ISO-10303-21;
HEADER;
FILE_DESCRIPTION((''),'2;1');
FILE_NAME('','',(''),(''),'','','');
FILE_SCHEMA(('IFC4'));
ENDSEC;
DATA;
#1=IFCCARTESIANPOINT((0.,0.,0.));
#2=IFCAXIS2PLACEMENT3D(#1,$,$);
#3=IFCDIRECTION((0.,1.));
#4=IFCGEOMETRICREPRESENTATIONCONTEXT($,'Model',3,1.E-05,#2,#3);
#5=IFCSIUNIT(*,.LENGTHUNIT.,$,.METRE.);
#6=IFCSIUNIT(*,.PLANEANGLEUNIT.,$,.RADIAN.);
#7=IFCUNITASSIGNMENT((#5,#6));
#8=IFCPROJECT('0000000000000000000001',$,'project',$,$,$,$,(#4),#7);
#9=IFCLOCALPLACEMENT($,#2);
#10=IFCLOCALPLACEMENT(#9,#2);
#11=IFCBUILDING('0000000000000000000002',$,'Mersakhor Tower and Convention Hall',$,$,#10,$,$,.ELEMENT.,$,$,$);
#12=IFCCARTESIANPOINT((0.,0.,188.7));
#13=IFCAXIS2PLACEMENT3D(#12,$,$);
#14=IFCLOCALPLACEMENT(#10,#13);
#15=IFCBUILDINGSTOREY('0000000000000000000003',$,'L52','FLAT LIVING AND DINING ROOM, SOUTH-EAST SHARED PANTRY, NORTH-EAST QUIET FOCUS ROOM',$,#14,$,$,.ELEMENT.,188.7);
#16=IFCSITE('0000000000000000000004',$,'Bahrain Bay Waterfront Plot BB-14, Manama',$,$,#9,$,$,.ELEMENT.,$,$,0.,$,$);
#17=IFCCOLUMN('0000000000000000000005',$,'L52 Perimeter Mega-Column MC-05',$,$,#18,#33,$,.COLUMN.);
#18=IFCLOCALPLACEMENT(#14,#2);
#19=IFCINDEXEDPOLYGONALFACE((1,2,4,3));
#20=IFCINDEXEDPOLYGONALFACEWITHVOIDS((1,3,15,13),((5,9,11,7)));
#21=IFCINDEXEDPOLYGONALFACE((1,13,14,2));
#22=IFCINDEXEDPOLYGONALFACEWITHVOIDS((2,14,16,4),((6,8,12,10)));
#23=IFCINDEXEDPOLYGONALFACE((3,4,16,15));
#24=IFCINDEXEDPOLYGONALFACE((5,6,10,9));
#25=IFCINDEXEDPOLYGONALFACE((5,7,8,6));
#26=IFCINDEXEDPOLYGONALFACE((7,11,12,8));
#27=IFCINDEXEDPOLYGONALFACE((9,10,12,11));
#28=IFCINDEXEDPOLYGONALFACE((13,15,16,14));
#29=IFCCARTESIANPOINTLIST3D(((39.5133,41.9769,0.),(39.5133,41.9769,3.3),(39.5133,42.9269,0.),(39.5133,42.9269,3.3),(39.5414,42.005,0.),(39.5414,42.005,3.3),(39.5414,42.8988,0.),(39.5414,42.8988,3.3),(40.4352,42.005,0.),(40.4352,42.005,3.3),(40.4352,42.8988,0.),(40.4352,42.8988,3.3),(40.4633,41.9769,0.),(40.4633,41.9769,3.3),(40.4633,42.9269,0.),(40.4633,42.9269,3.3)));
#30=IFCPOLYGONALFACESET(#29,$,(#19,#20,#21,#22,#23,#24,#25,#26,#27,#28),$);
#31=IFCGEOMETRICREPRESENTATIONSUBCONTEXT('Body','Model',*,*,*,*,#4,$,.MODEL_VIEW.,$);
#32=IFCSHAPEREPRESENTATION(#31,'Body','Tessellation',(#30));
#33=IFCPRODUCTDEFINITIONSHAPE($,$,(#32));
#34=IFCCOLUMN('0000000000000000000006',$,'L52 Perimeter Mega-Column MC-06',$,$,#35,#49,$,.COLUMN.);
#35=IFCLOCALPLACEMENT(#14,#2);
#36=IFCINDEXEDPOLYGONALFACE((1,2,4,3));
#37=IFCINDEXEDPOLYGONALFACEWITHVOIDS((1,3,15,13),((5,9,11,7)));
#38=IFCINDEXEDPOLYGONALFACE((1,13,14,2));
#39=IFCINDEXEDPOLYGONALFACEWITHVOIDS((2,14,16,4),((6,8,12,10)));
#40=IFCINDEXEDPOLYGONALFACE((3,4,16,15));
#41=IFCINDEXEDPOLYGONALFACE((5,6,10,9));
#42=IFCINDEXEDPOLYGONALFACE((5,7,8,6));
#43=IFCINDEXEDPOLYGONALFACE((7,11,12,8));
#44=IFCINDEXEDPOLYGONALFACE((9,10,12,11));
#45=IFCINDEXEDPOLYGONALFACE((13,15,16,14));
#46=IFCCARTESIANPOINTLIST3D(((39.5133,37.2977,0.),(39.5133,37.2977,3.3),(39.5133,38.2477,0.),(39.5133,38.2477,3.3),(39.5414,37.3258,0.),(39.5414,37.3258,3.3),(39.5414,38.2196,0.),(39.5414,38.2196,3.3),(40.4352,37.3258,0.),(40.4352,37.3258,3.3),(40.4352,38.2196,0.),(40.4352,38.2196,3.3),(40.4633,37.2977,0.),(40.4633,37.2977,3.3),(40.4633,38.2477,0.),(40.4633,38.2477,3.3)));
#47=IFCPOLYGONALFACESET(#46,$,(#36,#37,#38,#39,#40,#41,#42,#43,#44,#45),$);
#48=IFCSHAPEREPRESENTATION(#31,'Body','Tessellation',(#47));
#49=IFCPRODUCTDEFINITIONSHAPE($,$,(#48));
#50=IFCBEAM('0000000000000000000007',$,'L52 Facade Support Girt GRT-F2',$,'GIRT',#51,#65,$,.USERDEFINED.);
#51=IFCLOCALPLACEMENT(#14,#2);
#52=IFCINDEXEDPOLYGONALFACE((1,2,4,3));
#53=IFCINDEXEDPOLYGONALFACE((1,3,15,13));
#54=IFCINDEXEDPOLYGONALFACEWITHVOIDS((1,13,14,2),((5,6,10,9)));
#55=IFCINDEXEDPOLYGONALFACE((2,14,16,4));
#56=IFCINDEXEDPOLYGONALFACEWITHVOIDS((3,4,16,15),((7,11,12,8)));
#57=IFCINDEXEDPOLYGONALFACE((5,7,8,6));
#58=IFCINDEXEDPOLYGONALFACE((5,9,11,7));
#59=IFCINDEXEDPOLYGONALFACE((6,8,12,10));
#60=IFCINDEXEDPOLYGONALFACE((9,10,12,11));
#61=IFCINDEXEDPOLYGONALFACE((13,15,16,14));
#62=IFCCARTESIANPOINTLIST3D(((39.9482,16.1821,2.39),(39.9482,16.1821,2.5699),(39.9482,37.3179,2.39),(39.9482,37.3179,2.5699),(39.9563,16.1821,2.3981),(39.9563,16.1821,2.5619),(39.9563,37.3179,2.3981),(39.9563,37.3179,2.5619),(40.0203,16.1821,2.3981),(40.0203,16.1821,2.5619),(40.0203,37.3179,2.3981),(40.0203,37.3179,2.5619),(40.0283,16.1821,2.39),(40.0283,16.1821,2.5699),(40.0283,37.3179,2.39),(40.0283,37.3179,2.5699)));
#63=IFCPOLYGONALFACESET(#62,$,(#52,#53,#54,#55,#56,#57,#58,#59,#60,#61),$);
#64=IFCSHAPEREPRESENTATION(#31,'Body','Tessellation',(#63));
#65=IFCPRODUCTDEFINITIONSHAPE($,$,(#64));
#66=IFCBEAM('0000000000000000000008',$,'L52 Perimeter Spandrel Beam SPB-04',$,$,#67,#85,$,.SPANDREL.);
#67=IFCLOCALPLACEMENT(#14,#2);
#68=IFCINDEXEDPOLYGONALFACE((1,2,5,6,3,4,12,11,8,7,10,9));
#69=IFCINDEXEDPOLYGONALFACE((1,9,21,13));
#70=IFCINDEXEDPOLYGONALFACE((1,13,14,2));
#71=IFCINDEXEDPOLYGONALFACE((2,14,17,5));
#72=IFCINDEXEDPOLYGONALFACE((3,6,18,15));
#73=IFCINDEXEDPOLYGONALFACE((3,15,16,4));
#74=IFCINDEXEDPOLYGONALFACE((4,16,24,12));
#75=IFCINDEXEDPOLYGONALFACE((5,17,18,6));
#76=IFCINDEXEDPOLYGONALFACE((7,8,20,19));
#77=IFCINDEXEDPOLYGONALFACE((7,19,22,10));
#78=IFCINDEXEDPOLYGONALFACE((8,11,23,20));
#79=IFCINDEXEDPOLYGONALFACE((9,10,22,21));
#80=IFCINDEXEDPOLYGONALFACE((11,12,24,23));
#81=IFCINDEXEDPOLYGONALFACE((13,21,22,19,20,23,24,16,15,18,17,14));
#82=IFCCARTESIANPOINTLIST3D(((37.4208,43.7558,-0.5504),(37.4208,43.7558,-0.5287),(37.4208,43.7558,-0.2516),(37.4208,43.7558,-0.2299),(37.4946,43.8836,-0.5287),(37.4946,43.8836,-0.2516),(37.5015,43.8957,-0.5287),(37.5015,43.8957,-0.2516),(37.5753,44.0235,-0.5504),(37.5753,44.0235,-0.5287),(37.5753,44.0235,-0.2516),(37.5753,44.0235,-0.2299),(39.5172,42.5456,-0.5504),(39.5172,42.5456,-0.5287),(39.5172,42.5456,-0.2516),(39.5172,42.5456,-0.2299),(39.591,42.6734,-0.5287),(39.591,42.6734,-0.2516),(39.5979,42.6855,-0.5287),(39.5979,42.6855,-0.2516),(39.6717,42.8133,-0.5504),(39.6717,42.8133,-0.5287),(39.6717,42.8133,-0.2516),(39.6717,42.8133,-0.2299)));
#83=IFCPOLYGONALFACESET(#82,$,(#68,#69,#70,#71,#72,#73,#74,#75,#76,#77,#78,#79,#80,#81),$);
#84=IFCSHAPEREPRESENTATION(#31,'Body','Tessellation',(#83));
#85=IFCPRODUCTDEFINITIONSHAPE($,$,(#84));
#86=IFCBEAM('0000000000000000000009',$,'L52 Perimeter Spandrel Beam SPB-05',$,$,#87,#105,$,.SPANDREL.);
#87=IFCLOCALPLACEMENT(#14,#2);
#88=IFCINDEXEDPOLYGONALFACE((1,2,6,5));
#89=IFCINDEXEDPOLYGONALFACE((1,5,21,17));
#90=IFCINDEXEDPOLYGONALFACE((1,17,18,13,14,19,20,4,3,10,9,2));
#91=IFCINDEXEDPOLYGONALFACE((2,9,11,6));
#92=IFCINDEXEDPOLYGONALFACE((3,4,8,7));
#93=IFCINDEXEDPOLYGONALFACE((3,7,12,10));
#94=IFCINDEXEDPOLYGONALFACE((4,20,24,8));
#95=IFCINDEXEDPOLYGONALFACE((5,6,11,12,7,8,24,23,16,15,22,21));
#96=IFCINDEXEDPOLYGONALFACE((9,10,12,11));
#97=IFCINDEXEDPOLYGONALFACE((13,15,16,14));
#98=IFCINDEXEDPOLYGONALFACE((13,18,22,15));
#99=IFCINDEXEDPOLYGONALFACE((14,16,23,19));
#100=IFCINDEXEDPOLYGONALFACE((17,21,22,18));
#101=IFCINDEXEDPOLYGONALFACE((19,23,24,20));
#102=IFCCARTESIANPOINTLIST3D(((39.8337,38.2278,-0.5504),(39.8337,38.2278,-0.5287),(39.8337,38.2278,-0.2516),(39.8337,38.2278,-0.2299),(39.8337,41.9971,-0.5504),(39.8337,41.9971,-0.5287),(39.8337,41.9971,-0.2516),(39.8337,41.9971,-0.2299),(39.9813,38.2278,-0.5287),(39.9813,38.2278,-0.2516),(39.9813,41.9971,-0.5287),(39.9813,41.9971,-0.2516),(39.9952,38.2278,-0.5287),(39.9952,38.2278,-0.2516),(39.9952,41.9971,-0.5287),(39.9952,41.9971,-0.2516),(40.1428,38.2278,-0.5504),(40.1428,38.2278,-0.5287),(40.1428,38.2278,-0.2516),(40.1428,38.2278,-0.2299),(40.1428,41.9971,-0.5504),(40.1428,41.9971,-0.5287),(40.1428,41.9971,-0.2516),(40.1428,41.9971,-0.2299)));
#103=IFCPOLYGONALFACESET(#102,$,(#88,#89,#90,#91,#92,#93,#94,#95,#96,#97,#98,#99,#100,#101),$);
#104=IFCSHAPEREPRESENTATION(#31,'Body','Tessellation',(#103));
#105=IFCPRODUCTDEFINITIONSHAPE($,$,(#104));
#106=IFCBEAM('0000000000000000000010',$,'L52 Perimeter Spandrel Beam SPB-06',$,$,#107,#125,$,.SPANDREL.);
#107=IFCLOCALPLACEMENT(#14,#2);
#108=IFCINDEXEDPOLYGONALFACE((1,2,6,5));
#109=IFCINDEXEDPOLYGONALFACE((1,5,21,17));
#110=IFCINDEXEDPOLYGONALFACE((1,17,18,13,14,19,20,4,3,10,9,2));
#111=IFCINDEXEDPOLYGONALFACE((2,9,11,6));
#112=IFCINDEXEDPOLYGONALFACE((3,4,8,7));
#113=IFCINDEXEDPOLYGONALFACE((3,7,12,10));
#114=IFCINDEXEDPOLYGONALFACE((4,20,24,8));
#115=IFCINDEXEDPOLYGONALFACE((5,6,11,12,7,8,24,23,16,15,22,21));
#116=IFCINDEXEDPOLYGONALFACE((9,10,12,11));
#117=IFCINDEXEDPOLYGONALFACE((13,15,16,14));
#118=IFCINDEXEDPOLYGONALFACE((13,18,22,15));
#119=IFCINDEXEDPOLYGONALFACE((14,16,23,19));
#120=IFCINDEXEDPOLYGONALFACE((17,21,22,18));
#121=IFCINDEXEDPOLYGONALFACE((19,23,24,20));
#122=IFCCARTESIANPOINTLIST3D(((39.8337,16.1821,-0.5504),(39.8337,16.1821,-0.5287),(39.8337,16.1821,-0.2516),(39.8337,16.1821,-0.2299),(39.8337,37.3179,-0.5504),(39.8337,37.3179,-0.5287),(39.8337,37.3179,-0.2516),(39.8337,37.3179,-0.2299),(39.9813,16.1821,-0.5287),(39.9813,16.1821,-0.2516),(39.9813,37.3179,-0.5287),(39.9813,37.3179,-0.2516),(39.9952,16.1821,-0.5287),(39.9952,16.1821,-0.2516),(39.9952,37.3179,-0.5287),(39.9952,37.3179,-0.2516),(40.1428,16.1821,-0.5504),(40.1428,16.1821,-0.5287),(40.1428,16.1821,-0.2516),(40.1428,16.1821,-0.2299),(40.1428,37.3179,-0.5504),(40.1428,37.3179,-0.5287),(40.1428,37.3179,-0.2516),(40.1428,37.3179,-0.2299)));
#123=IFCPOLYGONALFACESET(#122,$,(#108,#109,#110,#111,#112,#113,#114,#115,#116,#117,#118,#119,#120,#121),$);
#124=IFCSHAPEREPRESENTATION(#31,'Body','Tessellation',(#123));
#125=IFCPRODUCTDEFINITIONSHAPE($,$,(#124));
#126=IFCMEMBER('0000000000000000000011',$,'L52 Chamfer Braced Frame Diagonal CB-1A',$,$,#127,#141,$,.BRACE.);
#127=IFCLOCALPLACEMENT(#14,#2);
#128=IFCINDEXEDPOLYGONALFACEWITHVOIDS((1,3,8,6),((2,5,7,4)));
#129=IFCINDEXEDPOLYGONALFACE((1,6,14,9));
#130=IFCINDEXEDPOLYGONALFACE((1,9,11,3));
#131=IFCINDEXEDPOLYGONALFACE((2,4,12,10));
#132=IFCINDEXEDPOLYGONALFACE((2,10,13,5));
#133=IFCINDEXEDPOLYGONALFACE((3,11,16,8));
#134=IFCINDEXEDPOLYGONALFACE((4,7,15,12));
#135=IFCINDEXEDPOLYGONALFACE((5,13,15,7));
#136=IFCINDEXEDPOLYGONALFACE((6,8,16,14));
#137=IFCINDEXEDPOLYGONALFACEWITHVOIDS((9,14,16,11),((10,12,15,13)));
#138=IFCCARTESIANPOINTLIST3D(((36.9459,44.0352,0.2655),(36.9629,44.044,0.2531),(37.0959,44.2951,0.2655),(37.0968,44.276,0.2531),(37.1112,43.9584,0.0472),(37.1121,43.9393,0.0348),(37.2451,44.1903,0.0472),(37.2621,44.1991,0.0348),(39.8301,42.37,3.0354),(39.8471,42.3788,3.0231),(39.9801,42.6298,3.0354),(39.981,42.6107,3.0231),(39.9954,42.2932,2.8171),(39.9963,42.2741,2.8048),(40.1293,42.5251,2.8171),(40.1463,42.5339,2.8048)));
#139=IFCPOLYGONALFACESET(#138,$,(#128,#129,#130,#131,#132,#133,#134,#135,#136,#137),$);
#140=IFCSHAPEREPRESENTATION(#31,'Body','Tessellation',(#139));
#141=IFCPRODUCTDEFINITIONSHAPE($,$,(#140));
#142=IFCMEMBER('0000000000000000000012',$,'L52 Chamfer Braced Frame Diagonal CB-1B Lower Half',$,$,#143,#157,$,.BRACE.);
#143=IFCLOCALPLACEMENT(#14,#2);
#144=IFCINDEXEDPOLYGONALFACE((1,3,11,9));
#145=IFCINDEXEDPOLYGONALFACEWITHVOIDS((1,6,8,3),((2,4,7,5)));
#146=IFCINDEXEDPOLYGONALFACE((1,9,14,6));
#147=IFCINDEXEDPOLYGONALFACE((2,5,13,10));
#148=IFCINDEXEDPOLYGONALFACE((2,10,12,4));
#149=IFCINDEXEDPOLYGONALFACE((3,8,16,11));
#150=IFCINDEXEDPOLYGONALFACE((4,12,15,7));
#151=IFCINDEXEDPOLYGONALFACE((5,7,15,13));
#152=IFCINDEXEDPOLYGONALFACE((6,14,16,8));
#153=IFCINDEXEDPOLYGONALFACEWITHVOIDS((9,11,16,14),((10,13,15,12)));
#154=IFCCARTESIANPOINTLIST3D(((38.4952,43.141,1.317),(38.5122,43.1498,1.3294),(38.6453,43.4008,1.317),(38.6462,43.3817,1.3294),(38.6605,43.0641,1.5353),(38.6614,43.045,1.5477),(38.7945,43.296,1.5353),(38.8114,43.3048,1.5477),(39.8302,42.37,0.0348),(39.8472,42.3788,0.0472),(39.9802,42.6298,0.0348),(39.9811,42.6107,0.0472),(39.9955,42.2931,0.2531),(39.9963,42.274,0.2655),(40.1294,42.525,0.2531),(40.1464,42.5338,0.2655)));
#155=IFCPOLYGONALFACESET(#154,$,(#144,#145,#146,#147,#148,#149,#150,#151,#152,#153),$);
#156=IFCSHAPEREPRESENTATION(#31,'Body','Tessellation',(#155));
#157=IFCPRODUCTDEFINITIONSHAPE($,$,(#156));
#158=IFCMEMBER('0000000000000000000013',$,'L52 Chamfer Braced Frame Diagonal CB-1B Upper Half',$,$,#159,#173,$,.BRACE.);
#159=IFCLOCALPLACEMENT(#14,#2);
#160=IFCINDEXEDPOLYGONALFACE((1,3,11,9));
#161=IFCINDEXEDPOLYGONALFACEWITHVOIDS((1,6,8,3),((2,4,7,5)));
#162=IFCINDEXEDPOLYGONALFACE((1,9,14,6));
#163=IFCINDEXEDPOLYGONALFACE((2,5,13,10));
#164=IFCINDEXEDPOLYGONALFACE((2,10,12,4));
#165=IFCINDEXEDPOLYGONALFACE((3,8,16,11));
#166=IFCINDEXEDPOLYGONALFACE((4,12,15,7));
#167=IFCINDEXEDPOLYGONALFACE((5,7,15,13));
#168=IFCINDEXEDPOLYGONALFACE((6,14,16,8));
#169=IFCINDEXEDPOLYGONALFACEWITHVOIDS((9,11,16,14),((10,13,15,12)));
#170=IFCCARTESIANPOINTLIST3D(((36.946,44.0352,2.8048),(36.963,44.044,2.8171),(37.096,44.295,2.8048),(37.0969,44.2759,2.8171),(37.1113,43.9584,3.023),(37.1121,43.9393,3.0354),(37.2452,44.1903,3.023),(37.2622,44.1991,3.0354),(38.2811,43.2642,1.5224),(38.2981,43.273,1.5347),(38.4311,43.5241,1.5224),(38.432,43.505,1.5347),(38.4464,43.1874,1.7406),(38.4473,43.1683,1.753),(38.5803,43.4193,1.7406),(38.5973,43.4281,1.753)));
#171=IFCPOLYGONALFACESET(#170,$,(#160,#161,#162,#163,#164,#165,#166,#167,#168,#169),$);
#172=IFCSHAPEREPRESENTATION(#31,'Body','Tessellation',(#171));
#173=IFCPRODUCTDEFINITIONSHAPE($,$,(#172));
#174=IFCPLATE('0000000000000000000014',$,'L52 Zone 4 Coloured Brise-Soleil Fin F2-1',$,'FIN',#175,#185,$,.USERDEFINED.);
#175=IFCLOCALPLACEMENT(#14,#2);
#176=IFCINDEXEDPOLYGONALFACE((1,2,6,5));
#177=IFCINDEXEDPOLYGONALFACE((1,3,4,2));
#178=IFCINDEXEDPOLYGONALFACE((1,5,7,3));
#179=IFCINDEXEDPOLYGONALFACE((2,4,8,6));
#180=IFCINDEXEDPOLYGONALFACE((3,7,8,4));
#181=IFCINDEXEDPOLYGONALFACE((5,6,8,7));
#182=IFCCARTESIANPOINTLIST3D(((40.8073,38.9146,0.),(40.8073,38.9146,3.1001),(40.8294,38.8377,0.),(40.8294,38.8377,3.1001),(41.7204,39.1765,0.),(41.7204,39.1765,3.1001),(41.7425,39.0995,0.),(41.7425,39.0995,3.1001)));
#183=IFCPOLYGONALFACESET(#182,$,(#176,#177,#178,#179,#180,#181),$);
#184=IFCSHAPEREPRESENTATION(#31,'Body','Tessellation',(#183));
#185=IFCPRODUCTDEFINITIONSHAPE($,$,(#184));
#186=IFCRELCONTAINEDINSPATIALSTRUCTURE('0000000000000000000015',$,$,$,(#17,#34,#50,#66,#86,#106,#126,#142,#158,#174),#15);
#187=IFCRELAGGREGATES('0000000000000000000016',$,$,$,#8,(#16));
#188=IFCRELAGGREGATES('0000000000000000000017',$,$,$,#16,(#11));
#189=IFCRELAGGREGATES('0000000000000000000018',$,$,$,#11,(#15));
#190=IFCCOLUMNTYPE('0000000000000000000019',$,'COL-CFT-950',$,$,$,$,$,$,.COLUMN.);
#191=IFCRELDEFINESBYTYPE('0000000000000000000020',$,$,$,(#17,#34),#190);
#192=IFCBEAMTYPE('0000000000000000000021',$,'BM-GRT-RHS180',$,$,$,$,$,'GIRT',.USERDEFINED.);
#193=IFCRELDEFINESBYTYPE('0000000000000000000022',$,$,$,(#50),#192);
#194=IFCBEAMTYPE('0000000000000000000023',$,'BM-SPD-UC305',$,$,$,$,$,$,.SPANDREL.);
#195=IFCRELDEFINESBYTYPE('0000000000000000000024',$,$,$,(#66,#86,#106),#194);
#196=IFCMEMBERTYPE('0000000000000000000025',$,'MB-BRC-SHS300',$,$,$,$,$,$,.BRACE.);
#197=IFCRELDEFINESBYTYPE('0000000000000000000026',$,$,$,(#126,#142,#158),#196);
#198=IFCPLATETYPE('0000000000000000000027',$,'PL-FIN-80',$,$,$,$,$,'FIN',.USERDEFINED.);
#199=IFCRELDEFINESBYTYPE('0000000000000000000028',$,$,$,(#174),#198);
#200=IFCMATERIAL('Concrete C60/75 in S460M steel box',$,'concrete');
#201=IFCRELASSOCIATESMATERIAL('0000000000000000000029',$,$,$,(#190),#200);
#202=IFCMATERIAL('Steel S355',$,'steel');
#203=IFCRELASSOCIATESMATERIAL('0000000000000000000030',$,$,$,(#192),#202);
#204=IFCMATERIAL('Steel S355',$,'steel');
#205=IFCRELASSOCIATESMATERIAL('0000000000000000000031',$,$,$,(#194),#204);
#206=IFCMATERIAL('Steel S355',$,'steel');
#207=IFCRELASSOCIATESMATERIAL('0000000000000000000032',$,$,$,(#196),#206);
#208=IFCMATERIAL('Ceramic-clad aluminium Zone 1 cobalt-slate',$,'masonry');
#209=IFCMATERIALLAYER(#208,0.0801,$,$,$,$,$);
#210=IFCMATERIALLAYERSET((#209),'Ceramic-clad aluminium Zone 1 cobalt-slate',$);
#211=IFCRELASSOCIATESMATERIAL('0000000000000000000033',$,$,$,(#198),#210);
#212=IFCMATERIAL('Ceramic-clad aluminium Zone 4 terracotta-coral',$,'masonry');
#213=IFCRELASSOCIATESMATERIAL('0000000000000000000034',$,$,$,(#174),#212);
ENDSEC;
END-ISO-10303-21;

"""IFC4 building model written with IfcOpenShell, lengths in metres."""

from ifc_helpers import new_model, si_unit, direction, frame, origin, origin_2d, place, context, subcontext, project, spatial, rectangle, hollow_rectangle, i_section, extrude, material, layer, layer_set, material_profile, profile_set, type_object, element, save


model = new_model("IFC4")

# Units and contexts
model_context = context("Model", 3, precision=1e-05, world=origin(), true_north=direction((0.0, 1.0)))
body_context = subcontext(model_context, "Body", "Model", "MODEL_VIEW")
ifc_project = project(units=[si_unit("LENGTHUNIT", "METRE"), si_unit("PLANEANGLEUNIT", "RADIAN")], contexts=[model_context])

# Site, building, storey
site_placement = place(None, origin())
site = spatial("IfcSite", under=ifc_project, at=site_placement, Name="Bahrain Bay Waterfront Plot BB-14, Manama", CompositionType="ELEMENT", RefElevation=0.0)
building_placement = place(site_placement, origin())
building = spatial("IfcBuilding", under=site, at=building_placement, Name="Mersakhor Tower and Convention Hall", CompositionType="ELEMENT")
storey_placement = place(building_placement, frame((0.0, 0.0, 188.7)))
storey = spatial("IfcBuildingStorey", under=building, at=storey_placement, Name="L52", Description="FLAT LIVING AND DINING ROOM, SOUTH-EAST SHARED PANTRY, NORTH-EAST QUIET FOCUS ROOM", CompositionType="ELEMENT", Elevation=188.7)

# Columns
ifc_material_1 = material(Name="Concrete C60/75 in S460M steel box", Category="concrete")
ifc_material_profile_1 = material_profile(ifc_material_1, hollow_rectangle(XDim=0.95, YDim=0.95, WallThickness=0.0281, at=origin_2d()), Name="SHS 950x950x28")
ifc_profile_set_1 = profile_set([ifc_material_profile_1], Name="Concrete C60/75 in S460M steel box")
column_type = type_object("IfcColumnType", Name="COL-CFT-950", PredefinedType="COLUMN", material=ifc_profile_set_1)
for number, where, z_axis, x_axis, name in (
    (1, (39.9883, 42.4519, 0.0), (0.0, 0.0, 1.0), (1.0, 0.0, 0.0), "L52 Perimeter Mega-Column MC-05"),
    (2, (39.9883, 37.7727, 0.0), (0.0, 0.0, 1.0), (1.0, 0.0, 0.0), "L52 Perimeter Mega-Column MC-06"),
):
    element("IfcColumn", number, at=place(storey_placement, frame(where, z_axis=z_axis, x_axis=x_axis)), inside=storey, type_object=column_type, Name=name, PredefinedType="COLUMN", context=body_context, shape_type="SweptSolid", body=[
        extrude(hollow_rectangle(XDim=0.95, YDim=0.95, WallThickness=0.0281, at=origin_2d()), origin(), (0.0, 0.0, 1.0), 3.3),
    ])

# Beams
ifc_material_2 = material(Name="Steel S355", Category="steel")
ifc_material_profile_2 = material_profile(ifc_material_2, hollow_rectangle(XDim=0.0801, YDim=0.1799, WallThickness=0.0081, at=origin_2d()), Name="RHS 180x80x8")
ifc_profile_set_2 = profile_set([ifc_material_profile_2], Name="Steel S355")
beam_type_1 = type_object("IfcBeamType", Name="BM-GRT-RHS180", ElementType="GIRT", PredefinedType="USERDEFINED", material=ifc_profile_set_2)
beam_1_placement = place(storey_placement, frame((39.9883, 37.3179, 2.48), z_axis=(0.0, -1.0, 0.0), x_axis=(1.0, 0.0, 0.0)))
element("IfcBeam", 3, at=beam_1_placement, inside=storey, type_object=beam_type_1, Name="L52 Facade Support Girt GRT-F2", ObjectType="GIRT", PredefinedType="USERDEFINED", context=body_context, shape_type="SweptSolid", body=[
    extrude(hollow_rectangle(XDim=0.0801, YDim=0.1799, WallThickness=0.0081, at=origin_2d()), origin(), (0.0, 0.0, 1.0), 21.1357),
])
ifc_material_3 = material(Name="Steel S355", Category="steel")
ifc_material_profile_3 = material_profile(ifc_material_3, i_section(OverallWidth=0.3091, OverallDepth=0.3206, WebThickness=0.0139, FlangeThickness=0.0217, at=origin_2d()), Name="UC 305x305x137")
ifc_profile_set_3 = profile_set([ifc_material_profile_3], Name="Steel S355")
beam_type_2 = type_object("IfcBeamType", Name="BM-SPD-UC305", PredefinedType="SPANDREL", material=ifc_profile_set_3)
beam_2_placement = place(storey_placement, frame((37.498, 43.8896, -0.3901), z_axis=(0.866056, -0.499947, 0.0), x_axis=(0.499947, 0.866056, 0.0)))
element("IfcBeam", 4, at=beam_2_placement, inside=storey, type_object=beam_type_2, Name="L52 Perimeter Spandrel Beam SPB-04", PredefinedType="SPANDREL", context=body_context, shape_type="SweptSolid", body=[
    extrude(i_section(OverallWidth=0.3091, OverallDepth=0.3206, WebThickness=0.0139, FlangeThickness=0.0217, at=origin_2d()), origin(), (0.0, 0.0, 1.0), 2.4207),
])
beam_3_placement = place(storey_placement, frame((39.9883, 41.9971, -0.3901), z_axis=(0.0, -1.0, 0.0), x_axis=(1.0, 0.0, 0.0)))
element("IfcBeam", 5, at=beam_3_placement, inside=storey, type_object=beam_type_2, Name="L52 Perimeter Spandrel Beam SPB-05", PredefinedType="SPANDREL", context=body_context, shape_type="SweptSolid", body=[
    extrude(i_section(OverallWidth=0.3091, OverallDepth=0.3206, WebThickness=0.0139, FlangeThickness=0.0217, at=origin_2d()), origin(), (0.0, 0.0, 1.0), 3.7693),
])
beam_4_placement = place(storey_placement, frame((39.9883, 37.3179, -0.3901), z_axis=(0.0, -1.0, 0.0), x_axis=(1.0, 0.0, 0.0)))
element("IfcBeam", 6, at=beam_4_placement, inside=storey, type_object=beam_type_2, Name="L52 Perimeter Spandrel Beam SPB-06", PredefinedType="SPANDREL", context=body_context, shape_type="SweptSolid", body=[
    extrude(i_section(OverallWidth=0.3091, OverallDepth=0.3206, WebThickness=0.0139, FlangeThickness=0.0217, at=origin_2d()), origin(), (0.0, 0.0, 1.0), 21.1357),
])

# Members
ifc_material_4 = material(Name="Steel S355", Category="steel")
ifc_material_profile_4 = material_profile(ifc_material_4, hollow_rectangle(XDim=0.3, YDim=0.3, WallThickness=0.0161, at=origin_2d()), Name="SHS 300x300x16")
ifc_profile_set_4 = profile_set([ifc_material_profile_4], Name="Steel S355")
member_type = type_object("IfcMemberType", Name="MB-BRC-SHS300", PredefinedType="BRACE", material=ifc_profile_set_4)
member_1_placement = place(storey_placement, frame((37.104, 44.1172, 0.1501), z_axis=(0.665825, -0.384425, 0.639449), x_axis=(0.50001, 0.86602, 0.0)))
element("IfcMember", 7, at=member_1_placement, inside=storey, type_object=member_type, Name="L52 Chamfer Braced Frame Diagonal CB-1A", PredefinedType="BRACE", context=body_context, shape_type="SweptSolid", body=[
    extrude(hollow_rectangle(XDim=0.3, YDim=0.3, WallThickness=0.0161, at=origin_2d()), origin(), (0.0, 0.0, 1.0), 4.3318),
])
member_2_placement = place(storey_placement, frame((39.9883, 42.4519, 0.1501), z_axis=(-0.665763, 0.384506, 0.639464), x_axis=(-0.500125, -0.865953, 0.0)))
element("IfcMember", 8, at=member_2_placement, inside=storey, type_object=member_type, Name="L52 Chamfer Braced Frame Diagonal CB-1B Lower Half", PredefinedType="BRACE", context=body_context, shape_type="SweptSolid", body=[
    extrude(hollow_rectangle(XDim=0.3, YDim=0.3, WallThickness=0.0161, at=origin_2d()), origin(), (0.0, 0.0, 1.0), 2.0051),
])
member_3_placement = place(storey_placement, frame((38.4392, 43.3462, 1.6377), z_axis=(-0.665779, 0.384445, 0.639484), x_axis=(-0.500056, -0.865993, 0.0)))
element("IfcMember", 9, at=member_3_placement, inside=storey, type_object=member_type, Name="L52 Chamfer Braced Frame Diagonal CB-1B Upper Half", PredefinedType="BRACE", context=body_context, shape_type="SweptSolid", body=[
    extrude(hollow_rectangle(XDim=0.3, YDim=0.3, WallThickness=0.0161, at=origin_2d()), origin(), (0.0, 0.0, 1.0), 2.0054),
])

# Plate
ifc_material_5 = material(Name="Ceramic-clad aluminium Zone 4 terracotta-coral", Category="masonry")
ifc_material_6 = material(Name="Ceramic-clad aluminium Zone 1 cobalt-slate", Category="masonry")
ifc_layer_1 = layer(ifc_material_6, 0.0801)
ifc_layer_set_1 = layer_set([ifc_layer_1], Name="Ceramic-clad aluminium Zone 1 cobalt-slate")
plate_type_1 = type_object("IfcPlateType", Name="PL-FIN-80", ElementType="FIN", PredefinedType="USERDEFINED", material=ifc_layer_set_1)
plate_1_placement = place(storey_placement, frame((41.2749, 39.0071, 0.0), z_axis=(0.0, 0.0, 1.0), x_axis=(0.961262, 0.275637, 0.0)))
element("IfcPlate", 10, at=plate_1_placement, inside=storey, type_object=plate_type_1, material=ifc_material_5, Name="L52 Zone 4 Coloured Brise-Soleil Fin F2-1", ObjectType="FIN", PredefinedType="USERDEFINED", context=body_context, shape_type="SweptSolid", body=[
    extrude(rectangle(XDim=0.95, YDim=0.0801, at=origin_2d()), origin(), (0.0, 0.0, 1.0), 3.1001),
])

save(model, "model.ifc")
